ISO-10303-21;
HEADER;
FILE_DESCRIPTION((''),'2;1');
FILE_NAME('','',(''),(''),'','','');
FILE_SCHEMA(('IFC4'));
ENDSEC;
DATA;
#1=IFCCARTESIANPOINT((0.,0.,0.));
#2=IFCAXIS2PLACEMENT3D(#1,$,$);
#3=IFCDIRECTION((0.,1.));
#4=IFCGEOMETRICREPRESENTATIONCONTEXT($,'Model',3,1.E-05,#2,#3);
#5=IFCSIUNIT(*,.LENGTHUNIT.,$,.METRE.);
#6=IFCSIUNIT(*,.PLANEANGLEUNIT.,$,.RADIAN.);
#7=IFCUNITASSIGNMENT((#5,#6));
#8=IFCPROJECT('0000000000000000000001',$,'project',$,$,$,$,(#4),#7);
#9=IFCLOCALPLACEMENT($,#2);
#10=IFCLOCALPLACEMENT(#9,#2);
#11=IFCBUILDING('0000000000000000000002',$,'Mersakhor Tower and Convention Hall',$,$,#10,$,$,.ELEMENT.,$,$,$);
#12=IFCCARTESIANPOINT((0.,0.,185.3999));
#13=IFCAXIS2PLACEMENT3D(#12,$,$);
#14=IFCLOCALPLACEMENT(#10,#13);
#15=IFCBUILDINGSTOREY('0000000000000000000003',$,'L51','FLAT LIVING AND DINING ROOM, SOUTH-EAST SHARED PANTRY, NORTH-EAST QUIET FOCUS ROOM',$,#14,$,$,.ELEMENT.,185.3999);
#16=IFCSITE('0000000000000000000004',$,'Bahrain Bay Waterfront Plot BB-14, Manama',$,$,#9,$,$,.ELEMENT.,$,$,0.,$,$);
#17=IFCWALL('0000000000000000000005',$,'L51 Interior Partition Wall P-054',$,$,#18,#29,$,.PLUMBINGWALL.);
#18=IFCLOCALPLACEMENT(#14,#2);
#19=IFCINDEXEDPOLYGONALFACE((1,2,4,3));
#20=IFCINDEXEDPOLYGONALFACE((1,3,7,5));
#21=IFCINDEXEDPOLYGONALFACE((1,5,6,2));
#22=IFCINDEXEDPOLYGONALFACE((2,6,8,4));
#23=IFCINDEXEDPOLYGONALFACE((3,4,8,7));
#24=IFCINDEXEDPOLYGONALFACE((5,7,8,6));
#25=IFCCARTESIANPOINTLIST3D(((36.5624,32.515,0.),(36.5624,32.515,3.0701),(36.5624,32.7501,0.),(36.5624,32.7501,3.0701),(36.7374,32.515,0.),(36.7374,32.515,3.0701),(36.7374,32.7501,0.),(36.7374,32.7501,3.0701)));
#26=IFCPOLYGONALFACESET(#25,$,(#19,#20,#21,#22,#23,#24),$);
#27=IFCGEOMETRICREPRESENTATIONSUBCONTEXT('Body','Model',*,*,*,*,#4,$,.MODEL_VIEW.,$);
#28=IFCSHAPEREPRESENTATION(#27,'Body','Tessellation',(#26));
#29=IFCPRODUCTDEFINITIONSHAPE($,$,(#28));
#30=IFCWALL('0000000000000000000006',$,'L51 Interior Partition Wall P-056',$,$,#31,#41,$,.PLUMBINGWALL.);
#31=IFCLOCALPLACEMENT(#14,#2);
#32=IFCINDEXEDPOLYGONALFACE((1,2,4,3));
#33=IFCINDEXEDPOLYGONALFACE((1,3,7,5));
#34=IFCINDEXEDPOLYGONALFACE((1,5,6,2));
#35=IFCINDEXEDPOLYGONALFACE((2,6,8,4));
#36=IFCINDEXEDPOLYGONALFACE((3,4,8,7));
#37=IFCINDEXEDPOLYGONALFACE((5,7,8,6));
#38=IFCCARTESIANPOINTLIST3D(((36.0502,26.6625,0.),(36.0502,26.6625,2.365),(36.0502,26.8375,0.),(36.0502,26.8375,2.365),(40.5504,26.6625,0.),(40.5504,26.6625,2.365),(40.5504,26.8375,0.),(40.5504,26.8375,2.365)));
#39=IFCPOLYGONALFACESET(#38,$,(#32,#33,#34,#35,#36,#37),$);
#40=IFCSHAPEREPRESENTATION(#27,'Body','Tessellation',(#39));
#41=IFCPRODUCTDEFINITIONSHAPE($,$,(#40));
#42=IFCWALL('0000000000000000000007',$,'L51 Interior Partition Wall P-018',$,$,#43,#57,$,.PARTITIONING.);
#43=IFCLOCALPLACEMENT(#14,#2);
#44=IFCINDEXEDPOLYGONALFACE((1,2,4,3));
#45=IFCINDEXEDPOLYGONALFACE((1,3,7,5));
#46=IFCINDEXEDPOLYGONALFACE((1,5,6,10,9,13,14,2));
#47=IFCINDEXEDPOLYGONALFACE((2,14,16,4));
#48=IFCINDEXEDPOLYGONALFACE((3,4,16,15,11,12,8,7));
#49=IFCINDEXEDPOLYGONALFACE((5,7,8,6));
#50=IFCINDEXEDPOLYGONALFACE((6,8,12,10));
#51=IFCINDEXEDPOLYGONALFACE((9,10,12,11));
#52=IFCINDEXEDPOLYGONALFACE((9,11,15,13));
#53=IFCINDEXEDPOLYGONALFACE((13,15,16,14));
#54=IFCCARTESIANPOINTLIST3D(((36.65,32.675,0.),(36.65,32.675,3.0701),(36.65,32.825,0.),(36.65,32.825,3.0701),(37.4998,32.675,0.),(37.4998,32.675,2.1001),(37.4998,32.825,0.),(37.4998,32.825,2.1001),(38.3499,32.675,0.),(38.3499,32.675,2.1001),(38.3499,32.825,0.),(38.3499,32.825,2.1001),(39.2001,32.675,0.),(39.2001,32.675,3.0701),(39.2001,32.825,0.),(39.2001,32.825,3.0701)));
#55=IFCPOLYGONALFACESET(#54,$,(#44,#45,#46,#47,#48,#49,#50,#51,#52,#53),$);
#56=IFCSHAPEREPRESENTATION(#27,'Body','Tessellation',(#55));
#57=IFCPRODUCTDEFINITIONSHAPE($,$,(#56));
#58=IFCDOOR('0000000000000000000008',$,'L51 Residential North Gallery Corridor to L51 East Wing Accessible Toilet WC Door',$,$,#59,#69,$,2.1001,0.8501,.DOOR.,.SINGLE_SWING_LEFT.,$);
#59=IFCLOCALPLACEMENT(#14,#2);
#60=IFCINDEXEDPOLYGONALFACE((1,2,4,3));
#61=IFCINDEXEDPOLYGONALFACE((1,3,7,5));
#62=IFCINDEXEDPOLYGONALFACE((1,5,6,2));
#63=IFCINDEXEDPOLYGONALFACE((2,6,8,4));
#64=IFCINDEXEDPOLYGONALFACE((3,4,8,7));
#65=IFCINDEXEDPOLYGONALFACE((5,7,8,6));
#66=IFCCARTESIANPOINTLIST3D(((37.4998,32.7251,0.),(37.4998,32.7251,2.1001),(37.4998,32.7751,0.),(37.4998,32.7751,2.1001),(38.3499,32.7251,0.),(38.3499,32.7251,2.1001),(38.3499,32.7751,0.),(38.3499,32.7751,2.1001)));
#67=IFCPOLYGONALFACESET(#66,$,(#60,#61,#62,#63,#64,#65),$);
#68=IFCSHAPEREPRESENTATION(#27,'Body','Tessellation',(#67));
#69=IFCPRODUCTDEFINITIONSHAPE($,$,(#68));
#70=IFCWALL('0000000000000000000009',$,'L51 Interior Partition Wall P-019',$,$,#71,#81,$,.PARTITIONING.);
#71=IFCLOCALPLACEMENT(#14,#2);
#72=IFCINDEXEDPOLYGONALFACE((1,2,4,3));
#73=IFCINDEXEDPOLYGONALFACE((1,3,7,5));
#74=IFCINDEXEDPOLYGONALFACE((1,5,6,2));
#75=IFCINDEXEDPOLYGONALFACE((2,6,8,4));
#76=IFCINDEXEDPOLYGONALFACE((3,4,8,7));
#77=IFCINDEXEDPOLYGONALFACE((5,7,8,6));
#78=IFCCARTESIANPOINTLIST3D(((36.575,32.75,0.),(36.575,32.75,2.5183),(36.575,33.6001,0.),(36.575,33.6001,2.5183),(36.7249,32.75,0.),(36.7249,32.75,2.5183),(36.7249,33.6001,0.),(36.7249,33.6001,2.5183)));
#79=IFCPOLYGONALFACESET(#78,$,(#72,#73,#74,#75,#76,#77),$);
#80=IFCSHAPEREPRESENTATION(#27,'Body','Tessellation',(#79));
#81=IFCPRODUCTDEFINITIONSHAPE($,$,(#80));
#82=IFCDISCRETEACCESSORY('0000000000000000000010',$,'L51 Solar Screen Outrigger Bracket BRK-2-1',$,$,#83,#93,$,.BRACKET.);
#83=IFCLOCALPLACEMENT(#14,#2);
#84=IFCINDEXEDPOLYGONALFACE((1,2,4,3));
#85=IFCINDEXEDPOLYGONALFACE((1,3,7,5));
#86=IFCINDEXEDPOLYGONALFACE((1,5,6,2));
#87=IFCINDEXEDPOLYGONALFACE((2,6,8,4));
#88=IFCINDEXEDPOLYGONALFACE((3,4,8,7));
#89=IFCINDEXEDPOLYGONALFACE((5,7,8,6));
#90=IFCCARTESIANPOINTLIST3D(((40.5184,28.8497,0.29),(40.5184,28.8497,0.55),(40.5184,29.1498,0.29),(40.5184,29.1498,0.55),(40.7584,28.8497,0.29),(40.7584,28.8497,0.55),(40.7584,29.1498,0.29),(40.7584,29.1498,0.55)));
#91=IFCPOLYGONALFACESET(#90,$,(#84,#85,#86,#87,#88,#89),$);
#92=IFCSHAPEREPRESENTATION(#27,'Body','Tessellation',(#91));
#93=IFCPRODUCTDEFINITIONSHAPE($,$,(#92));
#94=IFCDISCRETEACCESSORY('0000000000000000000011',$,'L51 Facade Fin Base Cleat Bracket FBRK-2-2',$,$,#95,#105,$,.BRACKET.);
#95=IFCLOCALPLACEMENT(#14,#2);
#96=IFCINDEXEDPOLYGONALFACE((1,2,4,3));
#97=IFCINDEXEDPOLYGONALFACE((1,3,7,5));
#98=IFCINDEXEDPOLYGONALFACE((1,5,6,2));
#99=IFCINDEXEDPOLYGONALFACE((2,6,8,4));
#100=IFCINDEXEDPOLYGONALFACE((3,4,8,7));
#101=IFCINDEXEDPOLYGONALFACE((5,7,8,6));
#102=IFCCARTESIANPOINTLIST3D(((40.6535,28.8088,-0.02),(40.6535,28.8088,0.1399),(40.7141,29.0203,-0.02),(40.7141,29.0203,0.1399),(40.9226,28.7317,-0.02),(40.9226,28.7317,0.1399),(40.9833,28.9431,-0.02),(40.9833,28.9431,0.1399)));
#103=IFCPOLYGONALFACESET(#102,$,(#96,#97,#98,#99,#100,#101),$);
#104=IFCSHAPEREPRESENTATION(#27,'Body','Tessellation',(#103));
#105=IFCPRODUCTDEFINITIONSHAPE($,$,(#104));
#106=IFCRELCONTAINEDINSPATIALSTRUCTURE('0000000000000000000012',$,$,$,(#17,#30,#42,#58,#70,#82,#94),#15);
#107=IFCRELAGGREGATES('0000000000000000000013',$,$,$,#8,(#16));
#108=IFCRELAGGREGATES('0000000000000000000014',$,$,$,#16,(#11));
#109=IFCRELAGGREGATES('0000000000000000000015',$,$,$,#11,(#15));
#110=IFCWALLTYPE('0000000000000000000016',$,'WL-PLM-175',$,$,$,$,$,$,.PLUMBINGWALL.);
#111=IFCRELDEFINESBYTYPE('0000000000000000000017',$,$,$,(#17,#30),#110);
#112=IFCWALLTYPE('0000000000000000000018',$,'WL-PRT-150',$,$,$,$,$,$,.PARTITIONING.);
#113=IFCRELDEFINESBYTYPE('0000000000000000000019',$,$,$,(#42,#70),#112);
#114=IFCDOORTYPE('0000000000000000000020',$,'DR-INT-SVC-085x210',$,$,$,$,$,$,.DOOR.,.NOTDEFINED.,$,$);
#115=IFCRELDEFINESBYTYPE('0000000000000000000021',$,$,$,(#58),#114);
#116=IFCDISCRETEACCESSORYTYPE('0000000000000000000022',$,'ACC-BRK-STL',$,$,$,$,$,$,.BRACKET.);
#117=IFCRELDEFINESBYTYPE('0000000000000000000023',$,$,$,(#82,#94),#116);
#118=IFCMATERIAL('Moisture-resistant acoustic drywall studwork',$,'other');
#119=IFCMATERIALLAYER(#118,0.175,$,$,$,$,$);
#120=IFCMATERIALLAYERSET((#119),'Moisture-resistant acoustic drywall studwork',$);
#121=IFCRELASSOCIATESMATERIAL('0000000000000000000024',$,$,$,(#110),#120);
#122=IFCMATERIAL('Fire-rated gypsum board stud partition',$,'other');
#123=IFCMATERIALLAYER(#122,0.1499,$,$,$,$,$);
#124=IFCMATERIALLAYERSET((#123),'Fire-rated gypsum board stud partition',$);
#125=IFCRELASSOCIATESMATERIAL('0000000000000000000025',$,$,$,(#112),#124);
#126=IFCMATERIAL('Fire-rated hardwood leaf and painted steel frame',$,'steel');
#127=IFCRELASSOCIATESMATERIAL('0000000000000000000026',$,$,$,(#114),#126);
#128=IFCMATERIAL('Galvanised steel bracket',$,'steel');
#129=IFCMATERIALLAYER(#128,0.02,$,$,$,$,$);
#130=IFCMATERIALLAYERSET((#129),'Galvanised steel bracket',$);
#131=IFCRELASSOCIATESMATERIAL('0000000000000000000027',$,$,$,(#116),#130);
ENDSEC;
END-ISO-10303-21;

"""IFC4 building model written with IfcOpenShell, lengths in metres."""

from ifc_helpers import new_model, si_unit, direction, frame, frame_2d, origin, origin_2d, place, context, subcontext, project, spatial, rectangle, extrude, material, layer, layer_set, type_object, element, fill, save


model = new_model("IFC4")

# Units and contexts
model_context = context("Model", 3, precision=1e-05, world=origin(), true_north=direction((0.0, 1.0)))
body_context = subcontext(model_context, "Body", "Model", "MODEL_VIEW")
ifc_project = project(units=[si_unit("LENGTHUNIT", "METRE"), si_unit("PLANEANGLEUNIT", "RADIAN")], contexts=[model_context])

# Site, building, storey
site_placement = place(None, origin())
site = spatial("IfcSite", under=ifc_project, at=site_placement, Name="Bahrain Bay Waterfront Plot BB-14, Manama", CompositionType="ELEMENT", RefElevation=0.0)
building_placement = place(site_placement, origin())
building = spatial("IfcBuilding", under=site, at=building_placement, Name="Mersakhor Tower and Convention Hall", CompositionType="ELEMENT")
storey_placement = place(building_placement, frame((0.0, 0.0, 185.3999)))
storey = spatial("IfcBuildingStorey", under=building, at=storey_placement, Name="L51", Description="FLAT LIVING AND DINING ROOM, SOUTH-EAST SHARED PANTRY, NORTH-EAST QUIET FOCUS ROOM", CompositionType="ELEMENT", Elevation=185.3999)

# Walls
ifc_material_1 = material(Name="Moisture-resistant acoustic drywall studwork", Category="other")
ifc_layer_1 = layer(ifc_material_1, 0.175)
ifc_layer_set_1 = layer_set([ifc_layer_1], Name="Moisture-resistant acoustic drywall studwork")
wall_type_1 = type_object("IfcWallType", Name="WL-PLM-175", PredefinedType="PLUMBINGWALL", material=ifc_layer_set_1)
wall_1_placement = place(storey_placement, frame((36.6499, 32.5149, 0.0), z_axis=(0.0, 0.0, 1.0), x_axis=(0.0, 1.0, 0.0)))
element("IfcWall", 1, at=wall_1_placement, inside=storey, type_object=wall_type_1, Name="L51 Interior Partition Wall P-054", PredefinedType="PLUMBINGWALL", context=body_context, shape_type="SweptSolid", body=[
    extrude(rectangle(XDim=0.2351, YDim=0.175, at=frame_2d((0.1177, 0.0))), origin(), (0.0, 0.0, 1.0), 3.0701),
])
wall_2_placement = place(storey_placement, frame((40.5503, 26.75, 0.0), z_axis=(0.0, 0.0, 1.0), x_axis=(-1.0, 0.0, 0.0)))
element("IfcWall", 2, at=wall_2_placement, inside=storey, type_object=wall_type_1, Name="L51 Interior Partition Wall P-056", PredefinedType="PLUMBINGWALL", context=body_context, shape_type="SweptSolid", body=[
    extrude(rectangle(XDim=4.5002, YDim=0.175, at=frame_2d((2.25, 0.0))), origin(), (0.0, 0.0, 1.0), 2.365),
])

# Wall, opening, door
ifc_material_2 = material(Name="Fire-rated gypsum board stud partition", Category="other")
ifc_layer_2 = layer(ifc_material_2, 0.1499)
ifc_layer_set_2 = layer_set([ifc_layer_2], Name="Fire-rated gypsum board stud partition")
wall_type_2 = type_object("IfcWallType", Name="WL-PRT-150", PredefinedType="PARTITIONING", material=ifc_layer_set_2)
wall_3_placement = place(storey_placement, frame((39.2, 32.75, 0.0), z_axis=(0.0, 0.0, 1.0), x_axis=(-1.0, 0.0, 0.0)))
wall_3 = element("IfcWall", 3, at=wall_3_placement, inside=storey, type_object=wall_type_2, Name="L51 Interior Partition Wall P-018", PredefinedType="PARTITIONING", context=body_context, shape_type="SweptSolid", body=[
    extrude(rectangle(XDim=2.55, YDim=0.1499, at=frame_2d((1.2749, 0.0))), origin(), (0.0, 0.0, 1.0), 3.0701),
])
opening_placement = place(wall_3_placement, frame((0.8501, 0.0, 0.0)))
opening = element("IfcOpeningElement", 4, at=opening_placement, cuts=wall_3, PredefinedType="OPENING", context=body_context, shape_type="SweptSolid", body=[
    extrude(rectangle(XDim=0.8501, YDim=2.1001, at=frame_2d((0.425, 1.05))), frame((0.0, 0.085, 0.0), z_axis=(0.0, -1.0, 0.0), x_axis=(1.0, 0.0, 0.0)), (0.0, 0.0, 1.0), 0.1699),
])
ifc_material_3 = material(Name="Fire-rated hardwood leaf and painted steel frame", Category="steel")
door_type = type_object("IfcDoorType", Name="DR-INT-SVC-085x210", OperationType="NOTDEFINED", PredefinedType="DOOR", material=ifc_material_3)
door_placement = place(opening_placement, origin())
door = element("IfcDoor", 5, at=door_placement, inside=storey, type_object=door_type, Name="L51 Residential North Gallery Corridor to L51 East Wing Accessible Toilet WC Door", OperationType="SINGLE_SWING_LEFT", OverallHeight=2.1001, OverallWidth=0.8501, PredefinedType="DOOR", context=body_context, shape_type="SweptSolid", body=[
    extrude(rectangle(XDim=0.8501, YDim=2.1001, at=frame_2d((0.425, 1.05))), frame((0.0, 0.0249, 0.0), z_axis=(0.0, -1.0, 0.0), x_axis=(1.0, 0.0, 0.0)), (0.0, 0.0, 1.0), 0.05),
])
fill(opening, door)

# Wall
wall_4_placement = place(storey_placement, frame((36.6499, 32.75, 0.0), z_axis=(0.0, 0.0, 1.0), x_axis=(0.0, 1.0, 0.0)))
element("IfcWall", 6, at=wall_4_placement, inside=storey, type_object=wall_type_2, Name="L51 Interior Partition Wall P-019", PredefinedType="PARTITIONING", context=body_context, shape_type="SweptSolid", body=[
    extrude(rectangle(XDim=0.8501, YDim=0.1499, at=frame_2d((0.425, 0.0))), origin(), (0.0, 0.0, 1.0), 2.5183),
])

# Discrete accessories
ifc_material_4 = material(Name="Galvanised steel bracket", Category="steel")
ifc_layer_3 = layer(ifc_material_4, 0.02)
ifc_layer_set_3 = layer_set([ifc_layer_3], Name="Galvanised steel bracket")
discrete_accessory_type = type_object("IfcDiscreteAccessoryType", Name="ACC-BRK-STL", PredefinedType="BRACKET", material=ifc_layer_set_3)
discrete_accessory_1_placement = place(storey_placement, frame((40.6384, 28.9998, 0.29), z_axis=(0.0, 0.0, 1.0), x_axis=(0.0, -1.0, 0.0)))
element("IfcDiscreteAccessory", 7, at=discrete_accessory_1_placement, inside=storey, type_object=discrete_accessory_type, Name="L51 Solar Screen Outrigger Bracket BRK-2-1", PredefinedType="BRACKET", context=body_context, shape_type="SweptSolid", body=[
    extrude(rectangle(XDim=0.3, YDim=0.24, at=origin_2d()), origin(), (0.0, 0.0, 1.0), 0.26),
])
discrete_accessory_2_placement = place(storey_placement, frame((40.8184, 28.876, -0.02), z_axis=(0.0, 0.0, 1.0), x_axis=(0.961262, -0.275637, 0.0)))
element("IfcDiscreteAccessory", 8, at=discrete_accessory_2_placement, inside=storey, type_object=discrete_accessory_type, Name="L51 Facade Fin Base Cleat Bracket FBRK-2-2", PredefinedType="BRACKET", context=body_context, shape_type="SweptSolid", body=[
    extrude(rectangle(XDim=0.28, YDim=0.22, at=origin_2d()), origin(), (0.0, 0.0, 1.0), 0.1599),
])

save(model, "model.ifc")
